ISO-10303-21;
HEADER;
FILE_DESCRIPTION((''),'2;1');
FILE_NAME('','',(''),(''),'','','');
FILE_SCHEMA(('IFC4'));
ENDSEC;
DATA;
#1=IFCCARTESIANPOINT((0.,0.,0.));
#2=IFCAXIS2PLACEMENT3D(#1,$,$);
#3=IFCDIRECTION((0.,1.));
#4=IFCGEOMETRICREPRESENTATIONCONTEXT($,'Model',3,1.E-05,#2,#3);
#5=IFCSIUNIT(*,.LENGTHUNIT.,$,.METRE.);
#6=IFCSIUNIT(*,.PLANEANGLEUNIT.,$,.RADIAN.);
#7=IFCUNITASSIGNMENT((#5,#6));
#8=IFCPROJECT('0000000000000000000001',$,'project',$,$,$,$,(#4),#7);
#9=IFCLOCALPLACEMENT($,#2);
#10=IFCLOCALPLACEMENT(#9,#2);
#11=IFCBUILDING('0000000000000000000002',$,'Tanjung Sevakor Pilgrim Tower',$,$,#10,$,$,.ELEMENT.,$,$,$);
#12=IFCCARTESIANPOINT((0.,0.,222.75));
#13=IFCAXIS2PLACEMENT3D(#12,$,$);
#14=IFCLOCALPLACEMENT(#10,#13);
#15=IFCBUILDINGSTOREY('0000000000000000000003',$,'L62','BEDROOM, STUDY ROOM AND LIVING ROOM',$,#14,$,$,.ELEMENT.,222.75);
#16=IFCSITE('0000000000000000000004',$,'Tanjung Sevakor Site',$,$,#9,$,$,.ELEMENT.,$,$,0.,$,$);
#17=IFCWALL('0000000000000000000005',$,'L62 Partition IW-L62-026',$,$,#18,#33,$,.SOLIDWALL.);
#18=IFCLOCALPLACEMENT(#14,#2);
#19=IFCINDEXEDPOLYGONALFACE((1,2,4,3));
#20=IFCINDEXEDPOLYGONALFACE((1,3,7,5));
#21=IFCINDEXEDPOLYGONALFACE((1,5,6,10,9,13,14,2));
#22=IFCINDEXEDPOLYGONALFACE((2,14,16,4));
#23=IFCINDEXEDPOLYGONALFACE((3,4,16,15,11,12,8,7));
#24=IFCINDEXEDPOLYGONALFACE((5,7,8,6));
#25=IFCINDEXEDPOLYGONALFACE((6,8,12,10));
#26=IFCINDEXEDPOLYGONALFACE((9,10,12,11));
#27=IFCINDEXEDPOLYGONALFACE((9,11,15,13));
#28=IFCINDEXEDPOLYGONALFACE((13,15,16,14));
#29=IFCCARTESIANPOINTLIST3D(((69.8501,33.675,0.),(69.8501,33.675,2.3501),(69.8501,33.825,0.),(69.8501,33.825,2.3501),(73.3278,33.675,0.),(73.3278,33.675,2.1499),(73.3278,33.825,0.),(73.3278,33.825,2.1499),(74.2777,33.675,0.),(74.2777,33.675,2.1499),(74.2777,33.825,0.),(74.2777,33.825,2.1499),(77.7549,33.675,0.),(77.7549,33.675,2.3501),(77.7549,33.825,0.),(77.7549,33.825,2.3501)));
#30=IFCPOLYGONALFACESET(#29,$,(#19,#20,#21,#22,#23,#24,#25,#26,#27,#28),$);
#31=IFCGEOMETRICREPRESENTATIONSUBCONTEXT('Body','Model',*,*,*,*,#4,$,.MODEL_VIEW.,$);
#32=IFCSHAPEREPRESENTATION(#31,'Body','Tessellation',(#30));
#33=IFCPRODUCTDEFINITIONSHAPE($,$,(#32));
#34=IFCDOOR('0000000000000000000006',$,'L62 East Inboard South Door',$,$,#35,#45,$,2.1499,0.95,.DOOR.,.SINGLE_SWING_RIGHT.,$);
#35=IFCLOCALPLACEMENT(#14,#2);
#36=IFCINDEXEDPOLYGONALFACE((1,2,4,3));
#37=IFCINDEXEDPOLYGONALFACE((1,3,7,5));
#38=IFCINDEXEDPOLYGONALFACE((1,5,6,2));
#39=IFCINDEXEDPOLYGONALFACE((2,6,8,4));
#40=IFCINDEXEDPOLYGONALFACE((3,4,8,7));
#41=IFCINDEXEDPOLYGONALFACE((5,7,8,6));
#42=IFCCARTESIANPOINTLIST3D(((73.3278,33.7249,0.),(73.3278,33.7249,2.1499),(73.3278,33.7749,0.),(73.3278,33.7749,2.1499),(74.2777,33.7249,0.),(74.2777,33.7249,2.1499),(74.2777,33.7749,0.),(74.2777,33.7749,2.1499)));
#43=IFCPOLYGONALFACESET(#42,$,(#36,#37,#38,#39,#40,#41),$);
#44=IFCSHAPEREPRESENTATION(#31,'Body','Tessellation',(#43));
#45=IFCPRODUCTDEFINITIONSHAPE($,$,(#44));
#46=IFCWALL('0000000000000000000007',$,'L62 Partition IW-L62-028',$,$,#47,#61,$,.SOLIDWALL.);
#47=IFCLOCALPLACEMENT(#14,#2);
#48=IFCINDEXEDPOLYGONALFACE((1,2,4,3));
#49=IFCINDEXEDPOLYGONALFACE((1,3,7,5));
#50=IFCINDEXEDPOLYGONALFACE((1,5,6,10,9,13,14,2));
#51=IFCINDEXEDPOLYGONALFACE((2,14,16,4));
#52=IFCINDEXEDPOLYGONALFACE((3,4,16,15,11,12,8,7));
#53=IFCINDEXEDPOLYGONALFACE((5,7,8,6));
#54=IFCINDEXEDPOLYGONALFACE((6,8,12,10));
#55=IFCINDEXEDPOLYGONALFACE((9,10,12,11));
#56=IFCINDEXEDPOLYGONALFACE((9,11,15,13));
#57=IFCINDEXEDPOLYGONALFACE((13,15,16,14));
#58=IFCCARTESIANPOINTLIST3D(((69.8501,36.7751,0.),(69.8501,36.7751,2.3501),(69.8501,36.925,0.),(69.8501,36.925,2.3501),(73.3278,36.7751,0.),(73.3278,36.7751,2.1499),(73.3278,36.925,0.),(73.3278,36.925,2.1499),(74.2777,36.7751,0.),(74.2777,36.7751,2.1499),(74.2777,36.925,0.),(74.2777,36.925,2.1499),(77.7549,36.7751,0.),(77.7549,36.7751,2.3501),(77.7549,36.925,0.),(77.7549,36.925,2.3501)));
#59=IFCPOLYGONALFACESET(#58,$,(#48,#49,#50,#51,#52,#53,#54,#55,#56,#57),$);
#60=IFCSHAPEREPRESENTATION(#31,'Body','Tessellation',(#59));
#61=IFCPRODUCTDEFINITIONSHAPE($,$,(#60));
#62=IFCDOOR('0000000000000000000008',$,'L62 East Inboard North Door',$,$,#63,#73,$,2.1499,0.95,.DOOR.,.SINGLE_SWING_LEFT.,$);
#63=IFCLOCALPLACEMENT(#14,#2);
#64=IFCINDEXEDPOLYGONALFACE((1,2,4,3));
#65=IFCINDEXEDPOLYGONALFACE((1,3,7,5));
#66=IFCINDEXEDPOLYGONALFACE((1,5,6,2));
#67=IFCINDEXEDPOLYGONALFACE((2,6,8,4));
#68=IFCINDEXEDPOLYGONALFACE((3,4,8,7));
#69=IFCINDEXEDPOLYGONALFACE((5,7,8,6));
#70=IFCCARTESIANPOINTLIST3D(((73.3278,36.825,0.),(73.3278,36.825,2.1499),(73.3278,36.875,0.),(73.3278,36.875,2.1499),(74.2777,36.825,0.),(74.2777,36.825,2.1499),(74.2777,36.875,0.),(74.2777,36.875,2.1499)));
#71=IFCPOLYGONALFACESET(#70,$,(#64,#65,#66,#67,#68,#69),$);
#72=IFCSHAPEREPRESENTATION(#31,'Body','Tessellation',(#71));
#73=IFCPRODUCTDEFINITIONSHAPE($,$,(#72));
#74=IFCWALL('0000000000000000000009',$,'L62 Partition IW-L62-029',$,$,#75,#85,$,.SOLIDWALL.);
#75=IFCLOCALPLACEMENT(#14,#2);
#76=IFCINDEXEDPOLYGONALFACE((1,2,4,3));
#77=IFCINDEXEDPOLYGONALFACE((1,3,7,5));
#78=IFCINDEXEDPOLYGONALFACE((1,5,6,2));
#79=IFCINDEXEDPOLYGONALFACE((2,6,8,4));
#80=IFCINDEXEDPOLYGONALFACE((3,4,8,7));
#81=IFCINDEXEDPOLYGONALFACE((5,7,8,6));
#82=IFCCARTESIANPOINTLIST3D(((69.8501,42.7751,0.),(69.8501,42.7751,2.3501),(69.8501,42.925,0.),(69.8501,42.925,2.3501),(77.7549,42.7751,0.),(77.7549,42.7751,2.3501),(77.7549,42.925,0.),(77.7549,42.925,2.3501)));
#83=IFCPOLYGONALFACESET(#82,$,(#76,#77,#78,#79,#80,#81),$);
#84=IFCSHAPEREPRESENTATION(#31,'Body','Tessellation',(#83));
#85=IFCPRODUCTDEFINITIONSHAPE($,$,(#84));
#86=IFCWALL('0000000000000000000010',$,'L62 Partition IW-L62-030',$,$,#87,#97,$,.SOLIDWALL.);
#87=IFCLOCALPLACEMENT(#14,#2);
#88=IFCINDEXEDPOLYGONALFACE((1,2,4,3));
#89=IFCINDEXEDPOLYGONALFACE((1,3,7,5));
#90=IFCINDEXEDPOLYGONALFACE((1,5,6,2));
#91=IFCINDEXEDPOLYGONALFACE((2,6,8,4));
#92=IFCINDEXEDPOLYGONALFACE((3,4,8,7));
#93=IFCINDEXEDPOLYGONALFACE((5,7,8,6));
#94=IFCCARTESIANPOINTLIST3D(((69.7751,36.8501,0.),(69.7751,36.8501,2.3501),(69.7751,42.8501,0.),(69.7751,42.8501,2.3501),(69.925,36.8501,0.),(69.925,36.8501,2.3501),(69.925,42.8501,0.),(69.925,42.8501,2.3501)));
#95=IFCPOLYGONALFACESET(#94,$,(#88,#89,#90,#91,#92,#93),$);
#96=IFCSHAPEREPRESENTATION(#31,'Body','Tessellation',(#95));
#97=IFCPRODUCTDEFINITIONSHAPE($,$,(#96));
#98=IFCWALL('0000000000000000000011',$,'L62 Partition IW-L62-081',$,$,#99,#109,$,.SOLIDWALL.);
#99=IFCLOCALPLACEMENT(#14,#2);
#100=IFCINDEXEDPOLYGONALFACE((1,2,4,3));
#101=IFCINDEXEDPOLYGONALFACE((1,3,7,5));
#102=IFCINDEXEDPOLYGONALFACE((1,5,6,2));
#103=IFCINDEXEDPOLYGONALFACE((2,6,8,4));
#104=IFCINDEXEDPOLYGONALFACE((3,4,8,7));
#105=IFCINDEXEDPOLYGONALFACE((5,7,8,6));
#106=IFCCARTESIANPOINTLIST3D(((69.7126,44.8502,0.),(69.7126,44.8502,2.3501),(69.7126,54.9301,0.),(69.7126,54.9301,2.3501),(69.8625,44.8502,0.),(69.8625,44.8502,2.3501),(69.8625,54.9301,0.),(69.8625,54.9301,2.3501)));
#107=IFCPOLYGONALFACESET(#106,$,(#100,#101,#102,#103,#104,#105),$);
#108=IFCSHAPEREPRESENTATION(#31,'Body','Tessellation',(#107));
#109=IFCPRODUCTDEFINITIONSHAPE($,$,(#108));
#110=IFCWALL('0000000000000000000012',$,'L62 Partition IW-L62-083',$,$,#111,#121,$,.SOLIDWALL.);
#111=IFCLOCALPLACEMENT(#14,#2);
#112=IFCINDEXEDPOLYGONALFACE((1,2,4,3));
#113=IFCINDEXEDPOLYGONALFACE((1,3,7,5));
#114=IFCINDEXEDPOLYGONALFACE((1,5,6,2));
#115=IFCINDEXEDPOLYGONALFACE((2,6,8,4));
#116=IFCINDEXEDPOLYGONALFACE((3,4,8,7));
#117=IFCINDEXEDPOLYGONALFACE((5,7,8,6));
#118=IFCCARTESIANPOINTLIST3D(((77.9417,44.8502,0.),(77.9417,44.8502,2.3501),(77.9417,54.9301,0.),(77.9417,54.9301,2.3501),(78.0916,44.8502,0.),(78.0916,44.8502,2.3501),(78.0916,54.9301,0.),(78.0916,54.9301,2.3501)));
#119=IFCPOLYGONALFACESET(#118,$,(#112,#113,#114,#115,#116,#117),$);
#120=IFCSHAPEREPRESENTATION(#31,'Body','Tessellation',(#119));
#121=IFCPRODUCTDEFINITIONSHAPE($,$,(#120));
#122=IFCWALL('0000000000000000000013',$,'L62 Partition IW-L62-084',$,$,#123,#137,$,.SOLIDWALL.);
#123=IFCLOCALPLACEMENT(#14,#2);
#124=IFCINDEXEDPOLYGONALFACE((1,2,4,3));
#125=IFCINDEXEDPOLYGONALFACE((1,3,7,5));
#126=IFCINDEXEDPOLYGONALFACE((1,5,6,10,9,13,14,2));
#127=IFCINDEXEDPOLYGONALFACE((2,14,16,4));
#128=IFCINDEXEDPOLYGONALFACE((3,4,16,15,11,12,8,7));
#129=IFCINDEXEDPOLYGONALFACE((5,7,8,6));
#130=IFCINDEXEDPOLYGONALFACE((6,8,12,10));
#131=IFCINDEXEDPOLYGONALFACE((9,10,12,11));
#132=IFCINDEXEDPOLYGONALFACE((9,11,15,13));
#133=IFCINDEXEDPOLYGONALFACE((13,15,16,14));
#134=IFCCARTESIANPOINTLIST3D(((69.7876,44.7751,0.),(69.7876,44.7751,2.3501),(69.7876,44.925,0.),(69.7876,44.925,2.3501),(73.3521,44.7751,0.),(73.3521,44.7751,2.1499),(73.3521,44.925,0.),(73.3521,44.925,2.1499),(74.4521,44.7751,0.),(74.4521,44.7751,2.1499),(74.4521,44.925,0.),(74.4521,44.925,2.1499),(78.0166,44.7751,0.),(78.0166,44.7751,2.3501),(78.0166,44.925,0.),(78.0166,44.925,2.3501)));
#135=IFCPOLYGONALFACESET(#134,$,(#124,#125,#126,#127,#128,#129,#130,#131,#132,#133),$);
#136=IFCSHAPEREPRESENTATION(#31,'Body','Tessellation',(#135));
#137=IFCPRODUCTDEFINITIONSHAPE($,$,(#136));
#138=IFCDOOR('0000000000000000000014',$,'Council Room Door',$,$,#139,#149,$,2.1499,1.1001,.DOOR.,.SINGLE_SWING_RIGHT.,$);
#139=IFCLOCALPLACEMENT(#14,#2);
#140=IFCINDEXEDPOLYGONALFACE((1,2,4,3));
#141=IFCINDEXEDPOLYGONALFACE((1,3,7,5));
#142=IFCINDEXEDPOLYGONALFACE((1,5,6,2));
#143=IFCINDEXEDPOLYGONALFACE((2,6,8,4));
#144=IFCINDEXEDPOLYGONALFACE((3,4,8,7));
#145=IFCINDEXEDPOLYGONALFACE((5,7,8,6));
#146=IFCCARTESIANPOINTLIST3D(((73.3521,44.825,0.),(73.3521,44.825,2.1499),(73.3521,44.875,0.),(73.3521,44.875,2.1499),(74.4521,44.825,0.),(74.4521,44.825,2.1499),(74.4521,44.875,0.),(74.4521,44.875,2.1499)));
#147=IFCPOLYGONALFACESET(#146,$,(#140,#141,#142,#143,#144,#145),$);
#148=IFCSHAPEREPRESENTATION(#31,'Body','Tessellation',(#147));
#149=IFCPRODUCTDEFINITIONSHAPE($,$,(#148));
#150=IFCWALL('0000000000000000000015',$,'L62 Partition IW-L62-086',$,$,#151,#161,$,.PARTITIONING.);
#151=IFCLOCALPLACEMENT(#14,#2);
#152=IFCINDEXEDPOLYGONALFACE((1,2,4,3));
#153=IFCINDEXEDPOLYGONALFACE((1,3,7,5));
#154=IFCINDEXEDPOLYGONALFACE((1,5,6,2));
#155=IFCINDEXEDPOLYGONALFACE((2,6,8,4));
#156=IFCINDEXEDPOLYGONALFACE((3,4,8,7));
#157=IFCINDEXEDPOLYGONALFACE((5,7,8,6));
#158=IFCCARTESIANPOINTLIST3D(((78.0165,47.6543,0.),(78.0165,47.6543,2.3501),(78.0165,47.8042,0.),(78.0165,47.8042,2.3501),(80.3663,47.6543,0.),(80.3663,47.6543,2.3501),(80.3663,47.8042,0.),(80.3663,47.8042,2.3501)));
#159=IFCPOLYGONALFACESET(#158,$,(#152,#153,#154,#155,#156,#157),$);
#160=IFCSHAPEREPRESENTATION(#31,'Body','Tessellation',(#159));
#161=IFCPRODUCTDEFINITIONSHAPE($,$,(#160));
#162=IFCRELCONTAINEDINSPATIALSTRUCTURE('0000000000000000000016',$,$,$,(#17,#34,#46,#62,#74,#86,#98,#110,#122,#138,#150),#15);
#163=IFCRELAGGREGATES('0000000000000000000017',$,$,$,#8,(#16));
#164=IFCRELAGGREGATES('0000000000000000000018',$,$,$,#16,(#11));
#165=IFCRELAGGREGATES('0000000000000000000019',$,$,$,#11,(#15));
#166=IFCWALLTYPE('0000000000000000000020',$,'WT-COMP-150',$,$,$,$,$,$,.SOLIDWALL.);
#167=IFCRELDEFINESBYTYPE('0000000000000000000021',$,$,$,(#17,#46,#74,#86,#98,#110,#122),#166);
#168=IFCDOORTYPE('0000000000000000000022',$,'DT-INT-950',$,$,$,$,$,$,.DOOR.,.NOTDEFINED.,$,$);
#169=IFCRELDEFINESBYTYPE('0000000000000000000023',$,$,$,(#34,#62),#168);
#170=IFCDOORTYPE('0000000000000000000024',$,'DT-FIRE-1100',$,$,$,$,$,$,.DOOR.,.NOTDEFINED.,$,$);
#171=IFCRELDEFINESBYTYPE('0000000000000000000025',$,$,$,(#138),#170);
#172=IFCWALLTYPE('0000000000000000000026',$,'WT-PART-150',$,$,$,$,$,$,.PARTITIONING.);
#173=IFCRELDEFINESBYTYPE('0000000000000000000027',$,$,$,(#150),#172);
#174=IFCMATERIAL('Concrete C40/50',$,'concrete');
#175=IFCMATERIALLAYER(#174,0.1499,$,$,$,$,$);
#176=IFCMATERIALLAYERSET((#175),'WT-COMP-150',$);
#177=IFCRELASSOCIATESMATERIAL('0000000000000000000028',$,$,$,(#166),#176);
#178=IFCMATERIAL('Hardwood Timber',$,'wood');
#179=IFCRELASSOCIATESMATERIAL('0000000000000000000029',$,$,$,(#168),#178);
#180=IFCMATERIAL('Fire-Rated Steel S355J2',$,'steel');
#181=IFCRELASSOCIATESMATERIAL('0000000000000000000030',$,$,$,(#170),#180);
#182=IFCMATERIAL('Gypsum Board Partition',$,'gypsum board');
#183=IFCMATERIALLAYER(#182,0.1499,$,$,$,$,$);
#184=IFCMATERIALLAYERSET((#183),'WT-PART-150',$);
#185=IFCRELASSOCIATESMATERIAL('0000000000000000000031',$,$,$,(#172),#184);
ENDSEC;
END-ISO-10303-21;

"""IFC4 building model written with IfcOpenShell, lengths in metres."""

from ifc_helpers import new_model, si_unit, direction, frame, frame_2d, origin, place, context, subcontext, project, spatial, rectangle, extrude, material, layer, layer_set, type_object, element, fill, save


model = new_model("IFC4")

# Units and contexts
model_context = context("Model", 3, precision=1e-05, world=origin(), true_north=direction((0.0, 1.0)))
body_context = subcontext(model_context, "Body", "Model", "MODEL_VIEW")
ifc_project = project(units=[si_unit("LENGTHUNIT", "METRE"), si_unit("PLANEANGLEUNIT", "RADIAN")], contexts=[model_context])

# Site, building, storey
site_placement = place(None, origin())
site = spatial("IfcSite", under=ifc_project, at=site_placement, Name="Tanjung Sevakor Site", CompositionType="ELEMENT", RefElevation=0.0)
building_placement = place(site_placement, origin())
building = spatial("IfcBuilding", under=site, at=building_placement, Name="Tanjung Sevakor Pilgrim Tower", CompositionType="ELEMENT")
storey_placement = place(building_placement, frame((0.0, 0.0, 222.75)))
storey = spatial("IfcBuildingStorey", under=building, at=storey_placement, Name="L62", Description="BEDROOM, STUDY ROOM AND LIVING ROOM", CompositionType="ELEMENT", Elevation=222.75)

# Walls, openings, doors
ifc_material_1 = material(Name="Concrete C40/50", Category="concrete")
ifc_layer_1 = layer(ifc_material_1, 0.1499)
ifc_layer_set_1 = layer_set([ifc_layer_1], Name="WT-COMP-150")
wall_type_1 = type_object("IfcWallType", Name="WT-COMP-150", PredefinedType="SOLIDWALL", material=ifc_layer_set_1)
wall_1_placement = place(storey_placement, frame((69.8501, 33.75, 0.0), z_axis=(0.0, 0.0, 1.0), x_axis=(1.0, 0.0, 0.0)))
wall_1 = element("IfcWall", 1, at=wall_1_placement, inside=storey, type_object=wall_type_1, Name="L62 Partition IW-L62-026", PredefinedType="SOLIDWALL", context=body_context, shape_type="SweptSolid", body=[
    extrude(rectangle(XDim=7.9048, YDim=0.1499, at=frame_2d((3.9524, 0.0))), origin(), (0.0, 0.0, 1.0), 2.3501),
])
opening_1_placement = place(wall_1_placement, frame((3.4775, 0.0, 0.0)))
opening_1 = element("IfcOpeningElement", 2, at=opening_1_placement, cuts=wall_1, PredefinedType="OPENING", context=body_context, shape_type="SweptSolid", body=[
    extrude(rectangle(XDim=0.95, YDim=2.1499, at=frame_2d((0.4751, 1.075))), frame((0.0, 0.085, 0.0), z_axis=(0.0, -1.0, 0.0), x_axis=(1.0, 0.0, 0.0)), (0.0, 0.0, 1.0), 0.1699),
])
ifc_material_2 = material(Name="Hardwood Timber", Category="wood")
door_type_1 = type_object("IfcDoorType", Name="DT-INT-950", OperationType="NOTDEFINED", PredefinedType="DOOR", material=ifc_material_2)
door_1_placement = place(opening_1_placement, origin())
door_1 = element("IfcDoor", 3, at=door_1_placement, inside=storey, type_object=door_type_1, Name="L62 East Inboard South Door", OperationType="SINGLE_SWING_RIGHT", OverallHeight=2.1499, OverallWidth=0.95, PredefinedType="DOOR", context=body_context, shape_type="SweptSolid", body=[
    extrude(rectangle(XDim=0.95, YDim=2.1499, at=frame_2d((0.4751, 1.075))), frame((0.0, 0.0249, 0.0), z_axis=(0.0, -1.0, 0.0), x_axis=(1.0, 0.0, 0.0)), (0.0, 0.0, 1.0), 0.05),
])
fill(opening_1, door_1)
wall_2_placement = place(storey_placement, frame((69.8501, 36.8501, 0.0), z_axis=(0.0, 0.0, 1.0), x_axis=(1.0, 0.0, 0.0)))
wall_2 = element("IfcWall", 4, at=wall_2_placement, inside=storey, type_object=wall_type_1, Name="L62 Partition IW-L62-028", PredefinedType="SOLIDWALL", context=body_context, shape_type="SweptSolid", body=[
    extrude(rectangle(XDim=7.9048, YDim=0.1499, at=frame_2d((3.9524, 0.0))), origin(), (0.0, 0.0, 1.0), 2.3501),
])
opening_2_placement = place(wall_2_placement, frame((3.4775, 0.0, 0.0)))
opening_2 = element("IfcOpeningElement", 5, at=opening_2_placement, cuts=wall_2, PredefinedType="OPENING", context=body_context, shape_type="SweptSolid", body=[
    extrude(rectangle(XDim=0.95, YDim=2.1499, at=frame_2d((0.4751, 1.075))), frame((0.0, 0.085, 0.0), z_axis=(0.0, -1.0, 0.0), x_axis=(1.0, 0.0, 0.0)), (0.0, 0.0, 1.0), 0.1699),
])
door_2_placement = place(opening_2_placement, origin())
door_2 = element("IfcDoor", 6, at=door_2_placement, inside=storey, type_object=door_type_1, Name="L62 East Inboard North Door", OperationType="SINGLE_SWING_LEFT", OverallHeight=2.1499, OverallWidth=0.95, PredefinedType="DOOR", context=body_context, shape_type="SweptSolid", body=[
    extrude(rectangle(XDim=0.95, YDim=2.1499, at=frame_2d((0.4751, 1.075))), frame((0.0, 0.0249, 0.0), z_axis=(0.0, -1.0, 0.0), x_axis=(1.0, 0.0, 0.0)), (0.0, 0.0, 1.0), 0.05),
])
fill(opening_2, door_2)

# Walls
wall_3_placement = place(storey_placement, frame((69.8501, 42.8501, 0.0), z_axis=(0.0, 0.0, 1.0), x_axis=(1.0, 0.0, 0.0)))
element("IfcWall", 7, at=wall_3_placement, inside=storey, type_object=wall_type_1, Name="L62 Partition IW-L62-029", PredefinedType="SOLIDWALL", context=body_context, shape_type="SweptSolid", body=[
    extrude(rectangle(XDim=7.9048, YDim=0.1499, at=frame_2d((3.9524, 0.0))), origin(), (0.0, 0.0, 1.0), 2.3501),
])
wall_4_placement = place(storey_placement, frame((69.8501, 36.8501, 0.0), z_axis=(0.0, 0.0, 1.0), x_axis=(0.0, 1.0, 0.0)))
element("IfcWall", 8, at=wall_4_placement, inside=storey, type_object=wall_type_1, Name="L62 Partition IW-L62-030", PredefinedType="SOLIDWALL", context=body_context, shape_type="SweptSolid", body=[
    extrude(rectangle(XDim=6.0, YDim=0.1499, at=frame_2d((3.0, 0.0))), origin(), (0.0, 0.0, 1.0), 2.3501),
])
for number, where, z_axis, x_axis, name in (
    (9, (69.7876, 44.8501, 0.0), (0.0, 0.0, 1.0), (0.0, 1.0, 0.0), "L62 Partition IW-L62-081"),
    (10, (78.0166, 44.8501, 0.0), (0.0, 0.0, 1.0), (0.0, 1.0, 0.0), "L62 Partition IW-L62-083"),
):
    element("IfcWall", number, at=place(storey_placement, frame(where, z_axis=z_axis, x_axis=x_axis)), inside=storey, type_object=wall_type_1, Name=name, PredefinedType="SOLIDWALL", context=body_context, shape_type="SweptSolid", body=[
        extrude(rectangle(XDim=10.0798, YDim=0.1499, at=frame_2d((5.04, 0.0))), origin(), (0.0, 0.0, 1.0), 2.3501),
    ])

# Wall, opening, door
wall_5_placement = place(storey_placement, frame((69.7876, 44.8501, 0.0), z_axis=(0.0, 0.0, 1.0), x_axis=(1.0, 0.0, 0.0)))
wall_5 = element("IfcWall", 11, at=wall_5_placement, inside=storey, type_object=wall_type_1, Name="L62 Partition IW-L62-084", PredefinedType="SOLIDWALL", context=body_context, shape_type="SweptSolid", body=[
    extrude(rectangle(XDim=8.229, YDim=0.1499, at=frame_2d((4.1145, 0.0))), origin(), (0.0, 0.0, 1.0), 2.3501),
])
opening_3_placement = place(wall_5_placement, frame((3.5645, 0.0, 0.0)))
opening_3 = element("IfcOpeningElement", 12, at=opening_3_placement, cuts=wall_5, PredefinedType="OPENING", context=body_context, shape_type="SweptSolid", body=[
    extrude(rectangle(XDim=1.1001, YDim=2.1499, at=frame_2d((0.55, 1.075))), frame((0.0, 0.085, 0.0), z_axis=(0.0, -1.0, 0.0), x_axis=(1.0, 0.0, 0.0)), (0.0, 0.0, 1.0), 0.1699),
])
ifc_material_3 = material(Name="Fire-Rated Steel S355J2", Category="steel")
door_type_2 = type_object("IfcDoorType", Name="DT-FIRE-1100", OperationType="NOTDEFINED", PredefinedType="DOOR", material=ifc_material_3)
door_3_placement = place(opening_3_placement, origin())
door_3 = element("IfcDoor", 13, at=door_3_placement, inside=storey, type_object=door_type_2, Name="Council Room Door", OperationType="SINGLE_SWING_RIGHT", OverallHeight=2.1499, OverallWidth=1.1001, PredefinedType="DOOR", context=body_context, shape_type="SweptSolid", body=[
    extrude(rectangle(XDim=1.1001, YDim=2.1499, at=frame_2d((0.55, 1.075))), frame((0.0, 0.0249, 0.0), z_axis=(0.0, -1.0, 0.0), x_axis=(1.0, 0.0, 0.0)), (0.0, 0.0, 1.0), 0.05),
])
fill(opening_3, door_3)

# Wall
ifc_material_4 = material(Name="Gypsum Board Partition", Category="gypsum board")
ifc_layer_2 = layer(ifc_material_4, 0.1499)
ifc_layer_set_2 = layer_set([ifc_layer_2], Name="WT-PART-150")
wall_type_2 = type_object("IfcWallType", Name="WT-PART-150", PredefinedType="PARTITIONING", material=ifc_layer_set_2)
wall_6_placement = place(storey_placement, frame((78.0166, 47.7292, 0.0), z_axis=(0.0, 0.0, 1.0), x_axis=(1.0, 0.0, 0.0)))
element("IfcWall", 14, at=wall_6_placement, inside=storey, type_object=wall_type_2, Name="L62 Partition IW-L62-086", PredefinedType="PARTITIONING", context=body_context, shape_type="SweptSolid", body=[
    extrude(rectangle(XDim=2.3499, YDim=0.1499, at=frame_2d((1.1748, 0.0))), origin(), (0.0, 0.0, 1.0), 2.3501),
])

save(model, "model.ifc")
